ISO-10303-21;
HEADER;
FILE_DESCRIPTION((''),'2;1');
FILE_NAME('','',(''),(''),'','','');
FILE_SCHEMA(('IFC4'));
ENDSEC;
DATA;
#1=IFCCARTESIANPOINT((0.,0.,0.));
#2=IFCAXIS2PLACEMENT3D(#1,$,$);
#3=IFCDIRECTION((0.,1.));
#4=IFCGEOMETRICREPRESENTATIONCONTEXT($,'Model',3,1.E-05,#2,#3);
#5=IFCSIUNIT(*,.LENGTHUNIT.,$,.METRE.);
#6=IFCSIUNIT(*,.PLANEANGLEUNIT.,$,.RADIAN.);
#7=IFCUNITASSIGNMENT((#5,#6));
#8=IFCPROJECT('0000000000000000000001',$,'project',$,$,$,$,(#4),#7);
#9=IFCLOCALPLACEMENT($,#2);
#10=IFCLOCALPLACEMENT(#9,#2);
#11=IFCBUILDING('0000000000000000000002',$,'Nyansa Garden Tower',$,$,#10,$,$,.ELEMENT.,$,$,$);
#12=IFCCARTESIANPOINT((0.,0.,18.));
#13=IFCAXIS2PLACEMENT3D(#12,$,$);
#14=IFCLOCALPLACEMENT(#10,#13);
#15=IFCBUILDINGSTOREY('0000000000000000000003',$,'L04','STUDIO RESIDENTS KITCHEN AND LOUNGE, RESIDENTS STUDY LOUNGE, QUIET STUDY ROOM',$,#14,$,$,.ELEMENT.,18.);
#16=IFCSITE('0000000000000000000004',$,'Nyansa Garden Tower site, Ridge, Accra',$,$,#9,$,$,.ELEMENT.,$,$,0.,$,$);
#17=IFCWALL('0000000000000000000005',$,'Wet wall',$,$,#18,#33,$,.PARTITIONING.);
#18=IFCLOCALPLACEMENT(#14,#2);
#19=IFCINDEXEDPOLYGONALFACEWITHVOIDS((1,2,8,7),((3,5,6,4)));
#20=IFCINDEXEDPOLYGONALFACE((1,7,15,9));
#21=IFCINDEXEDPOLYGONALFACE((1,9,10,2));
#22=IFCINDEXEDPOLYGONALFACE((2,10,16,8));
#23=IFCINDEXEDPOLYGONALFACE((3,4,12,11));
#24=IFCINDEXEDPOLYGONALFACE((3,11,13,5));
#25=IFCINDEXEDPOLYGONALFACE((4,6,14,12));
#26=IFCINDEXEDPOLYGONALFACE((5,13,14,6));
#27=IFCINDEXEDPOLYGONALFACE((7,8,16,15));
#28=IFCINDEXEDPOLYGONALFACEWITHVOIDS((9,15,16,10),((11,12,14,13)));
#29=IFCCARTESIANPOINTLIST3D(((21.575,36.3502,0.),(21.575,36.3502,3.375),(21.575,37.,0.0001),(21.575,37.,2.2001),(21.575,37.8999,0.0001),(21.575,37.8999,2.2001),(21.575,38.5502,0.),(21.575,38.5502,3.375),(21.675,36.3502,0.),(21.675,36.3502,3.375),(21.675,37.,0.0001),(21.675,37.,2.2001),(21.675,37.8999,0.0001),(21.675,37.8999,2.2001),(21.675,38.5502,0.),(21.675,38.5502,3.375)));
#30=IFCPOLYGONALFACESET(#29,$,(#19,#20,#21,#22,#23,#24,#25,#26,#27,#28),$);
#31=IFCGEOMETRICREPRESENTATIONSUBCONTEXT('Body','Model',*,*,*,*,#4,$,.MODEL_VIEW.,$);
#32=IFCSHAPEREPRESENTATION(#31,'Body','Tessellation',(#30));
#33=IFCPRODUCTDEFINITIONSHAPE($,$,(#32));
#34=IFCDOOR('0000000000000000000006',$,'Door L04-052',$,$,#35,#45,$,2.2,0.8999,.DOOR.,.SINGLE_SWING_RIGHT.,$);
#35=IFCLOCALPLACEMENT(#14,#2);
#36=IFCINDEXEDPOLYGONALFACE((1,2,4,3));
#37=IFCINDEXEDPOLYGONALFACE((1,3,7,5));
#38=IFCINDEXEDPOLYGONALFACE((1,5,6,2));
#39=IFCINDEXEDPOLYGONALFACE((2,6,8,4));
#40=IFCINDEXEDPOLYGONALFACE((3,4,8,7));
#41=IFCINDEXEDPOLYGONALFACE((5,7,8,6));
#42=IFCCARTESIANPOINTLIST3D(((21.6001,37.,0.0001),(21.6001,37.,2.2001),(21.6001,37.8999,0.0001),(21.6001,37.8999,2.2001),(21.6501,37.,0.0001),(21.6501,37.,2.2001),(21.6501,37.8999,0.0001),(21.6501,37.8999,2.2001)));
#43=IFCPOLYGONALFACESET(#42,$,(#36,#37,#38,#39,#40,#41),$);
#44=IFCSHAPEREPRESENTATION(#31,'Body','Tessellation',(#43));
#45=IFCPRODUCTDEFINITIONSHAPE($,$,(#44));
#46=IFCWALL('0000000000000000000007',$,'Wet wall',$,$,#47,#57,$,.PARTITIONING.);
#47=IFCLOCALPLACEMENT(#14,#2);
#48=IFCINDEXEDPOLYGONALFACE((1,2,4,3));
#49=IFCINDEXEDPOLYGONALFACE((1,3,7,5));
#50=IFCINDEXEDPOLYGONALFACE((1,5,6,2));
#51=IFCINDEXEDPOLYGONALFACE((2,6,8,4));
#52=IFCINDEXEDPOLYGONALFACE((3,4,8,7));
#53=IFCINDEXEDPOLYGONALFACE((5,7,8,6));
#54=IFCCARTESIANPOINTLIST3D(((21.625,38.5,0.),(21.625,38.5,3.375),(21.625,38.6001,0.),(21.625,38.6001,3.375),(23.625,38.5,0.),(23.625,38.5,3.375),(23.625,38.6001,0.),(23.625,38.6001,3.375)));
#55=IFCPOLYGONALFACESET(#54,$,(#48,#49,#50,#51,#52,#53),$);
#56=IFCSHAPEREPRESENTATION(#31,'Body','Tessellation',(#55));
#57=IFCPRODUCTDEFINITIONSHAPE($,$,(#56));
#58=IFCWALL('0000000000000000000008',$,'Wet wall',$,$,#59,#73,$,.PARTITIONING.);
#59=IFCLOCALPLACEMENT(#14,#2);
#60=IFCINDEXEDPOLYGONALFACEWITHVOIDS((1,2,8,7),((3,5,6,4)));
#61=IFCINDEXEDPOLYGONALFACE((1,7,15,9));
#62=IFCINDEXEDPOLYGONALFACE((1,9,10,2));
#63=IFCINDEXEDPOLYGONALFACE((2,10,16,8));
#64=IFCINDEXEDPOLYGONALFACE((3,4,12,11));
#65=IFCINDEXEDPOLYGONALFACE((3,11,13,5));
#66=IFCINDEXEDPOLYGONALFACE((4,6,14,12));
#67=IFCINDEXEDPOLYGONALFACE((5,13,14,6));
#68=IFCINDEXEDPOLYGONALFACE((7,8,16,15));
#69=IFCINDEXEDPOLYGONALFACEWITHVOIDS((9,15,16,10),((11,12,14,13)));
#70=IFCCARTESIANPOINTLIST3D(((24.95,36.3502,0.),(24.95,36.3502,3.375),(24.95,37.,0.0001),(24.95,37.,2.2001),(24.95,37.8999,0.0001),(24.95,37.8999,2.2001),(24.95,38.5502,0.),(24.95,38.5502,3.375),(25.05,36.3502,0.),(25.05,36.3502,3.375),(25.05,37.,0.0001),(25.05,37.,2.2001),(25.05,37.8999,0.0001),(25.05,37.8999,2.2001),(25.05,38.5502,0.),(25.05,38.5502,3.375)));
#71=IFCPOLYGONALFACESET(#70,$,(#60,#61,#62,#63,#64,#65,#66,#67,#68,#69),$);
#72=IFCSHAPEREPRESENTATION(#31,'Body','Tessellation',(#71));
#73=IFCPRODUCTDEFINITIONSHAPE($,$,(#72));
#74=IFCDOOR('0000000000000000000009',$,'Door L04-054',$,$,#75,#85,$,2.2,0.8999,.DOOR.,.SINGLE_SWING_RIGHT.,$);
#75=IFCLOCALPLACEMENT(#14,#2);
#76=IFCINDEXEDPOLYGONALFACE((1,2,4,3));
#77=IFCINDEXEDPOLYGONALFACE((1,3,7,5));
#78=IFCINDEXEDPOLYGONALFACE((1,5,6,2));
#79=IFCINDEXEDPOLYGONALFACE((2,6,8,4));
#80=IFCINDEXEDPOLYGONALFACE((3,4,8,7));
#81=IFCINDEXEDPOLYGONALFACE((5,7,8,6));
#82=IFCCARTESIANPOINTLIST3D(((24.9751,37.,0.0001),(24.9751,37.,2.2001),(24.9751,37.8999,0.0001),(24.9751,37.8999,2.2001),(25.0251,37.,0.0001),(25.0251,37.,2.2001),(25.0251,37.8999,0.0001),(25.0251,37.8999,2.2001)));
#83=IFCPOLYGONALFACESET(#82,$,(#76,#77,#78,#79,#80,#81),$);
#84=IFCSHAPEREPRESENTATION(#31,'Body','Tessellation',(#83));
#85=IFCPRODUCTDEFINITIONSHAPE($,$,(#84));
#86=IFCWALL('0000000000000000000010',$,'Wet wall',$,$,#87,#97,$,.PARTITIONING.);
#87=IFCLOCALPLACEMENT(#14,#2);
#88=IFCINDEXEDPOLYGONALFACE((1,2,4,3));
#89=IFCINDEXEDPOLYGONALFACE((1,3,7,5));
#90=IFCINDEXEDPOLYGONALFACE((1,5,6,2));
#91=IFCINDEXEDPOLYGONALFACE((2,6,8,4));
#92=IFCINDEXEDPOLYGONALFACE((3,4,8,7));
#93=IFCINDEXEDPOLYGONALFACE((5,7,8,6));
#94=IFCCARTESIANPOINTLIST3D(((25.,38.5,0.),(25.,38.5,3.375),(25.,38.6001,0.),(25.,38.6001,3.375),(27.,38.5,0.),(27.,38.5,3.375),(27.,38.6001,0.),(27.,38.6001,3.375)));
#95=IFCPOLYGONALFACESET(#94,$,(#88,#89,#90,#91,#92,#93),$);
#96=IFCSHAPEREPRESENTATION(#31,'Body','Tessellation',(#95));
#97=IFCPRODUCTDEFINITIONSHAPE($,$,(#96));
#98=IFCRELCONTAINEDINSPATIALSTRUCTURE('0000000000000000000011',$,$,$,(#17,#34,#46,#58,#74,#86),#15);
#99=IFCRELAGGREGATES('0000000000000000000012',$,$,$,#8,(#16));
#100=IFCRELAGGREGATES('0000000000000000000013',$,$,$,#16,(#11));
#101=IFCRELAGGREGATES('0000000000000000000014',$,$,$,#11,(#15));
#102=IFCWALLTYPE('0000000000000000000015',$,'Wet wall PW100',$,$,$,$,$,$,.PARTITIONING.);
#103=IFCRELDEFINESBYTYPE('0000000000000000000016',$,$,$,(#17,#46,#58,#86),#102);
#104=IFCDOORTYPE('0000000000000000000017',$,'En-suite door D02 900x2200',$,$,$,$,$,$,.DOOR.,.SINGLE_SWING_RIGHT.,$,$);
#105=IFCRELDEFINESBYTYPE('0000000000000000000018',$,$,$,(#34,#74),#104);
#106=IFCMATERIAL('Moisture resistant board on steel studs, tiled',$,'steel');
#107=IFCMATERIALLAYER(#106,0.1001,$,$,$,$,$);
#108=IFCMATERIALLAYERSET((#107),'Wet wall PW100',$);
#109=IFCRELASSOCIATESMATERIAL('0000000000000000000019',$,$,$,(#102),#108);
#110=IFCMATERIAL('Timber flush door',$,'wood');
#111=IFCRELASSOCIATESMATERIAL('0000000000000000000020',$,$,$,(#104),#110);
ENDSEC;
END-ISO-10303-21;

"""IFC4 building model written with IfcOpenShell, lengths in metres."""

from ifc_helpers import new_model, si_unit, direction, frame, frame_2d, origin, place, context, subcontext, project, spatial, rectangle, extrude, material, layer, layer_set, type_object, element, fill, save


model = new_model("IFC4")

# Units and contexts
model_context = context("Model", 3, precision=1e-05, world=origin(), true_north=direction((0.0, 1.0)))
body_context = subcontext(model_context, "Body", "Model", "MODEL_VIEW")
ifc_project = project(units=[si_unit("LENGTHUNIT", "METRE"), si_unit("PLANEANGLEUNIT", "RADIAN")], contexts=[model_context])

# Site, building, storey
site_placement = place(None, origin())
site = spatial("IfcSite", under=ifc_project, at=site_placement, Name="Nyansa Garden Tower site, Ridge, Accra", CompositionType="ELEMENT", RefElevation=0.0)
building_placement = place(site_placement, origin())
building = spatial("IfcBuilding", under=site, at=building_placement, Name="Nyansa Garden Tower", CompositionType="ELEMENT")
storey_placement = place(building_placement, frame((0.0, 0.0, 18.0)))
storey = spatial("IfcBuildingStorey", under=building, at=storey_placement, Name="L04", Description="STUDIO RESIDENTS KITCHEN AND LOUNGE, RESIDENTS STUDY LOUNGE, QUIET STUDY ROOM", CompositionType="ELEMENT", Elevation=18.0)

# Wall, opening, door
ifc_material_1 = material(Name="Moisture resistant board on steel studs, tiled", Category="steel")
ifc_layer_1 = layer(ifc_material_1, 0.1001)
ifc_layer_set_1 = layer_set([ifc_layer_1], Name="Wet wall PW100")
wall_type_1 = type_object("IfcWallType", Name="Wet wall PW100", PredefinedType="PARTITIONING", material=ifc_layer_set_1)
wall_1_placement = place(storey_placement, frame((21.625, 36.3501, 0.0), z_axis=(0.0, 0.0, 1.0), x_axis=(0.0, 1.0, 0.0)))
wall_1 = element("IfcWall", 1, at=wall_1_placement, inside=storey, type_object=wall_type_1, Name="Wet wall", PredefinedType="PARTITIONING", context=body_context, shape_type="SweptSolid", body=[
    extrude(rectangle(XDim=2.2, YDim=0.1001, at=frame_2d((1.1001, 0.0))), origin(), (0.0, 0.0, 1.0), 3.375),
])
opening_1_placement = place(wall_1_placement, frame((0.6499, 0.0, 0.0)))
opening_1 = element("IfcOpeningElement", 2, at=opening_1_placement, cuts=wall_1, PredefinedType="OPENING", context=body_context, shape_type="SweptSolid", body=[
    extrude(rectangle(XDim=0.8999, YDim=2.2, at=frame_2d((0.45, 1.1001))), frame((0.0, 0.0601, 0.0), z_axis=(0.0, -1.0, 0.0), x_axis=(1.0, 0.0, 0.0)), (0.0, 0.0, 1.0), 0.1201),
])
ifc_material_2 = material(Name="Timber flush door", Category="wood")
door_type = type_object("IfcDoorType", Name="En-suite door D02 900x2200", OperationType="SINGLE_SWING_RIGHT", PredefinedType="DOOR", material=ifc_material_2)
door_1_placement = place(opening_1_placement, origin())
door_1 = element("IfcDoor", 3, at=door_1_placement, inside=storey, type_object=door_type, Name="Door L04-052", OperationType="SINGLE_SWING_RIGHT", OverallHeight=2.2, OverallWidth=0.8999, PredefinedType="DOOR", context=body_context, shape_type="SweptSolid", body=[
    extrude(rectangle(XDim=0.8999, YDim=2.2, at=frame_2d((0.45, 1.1001))), frame((0.0, 0.0249, 0.0), z_axis=(0.0, -1.0, 0.0), x_axis=(1.0, 0.0, 0.0)), (0.0, 0.0, 1.0), 0.05),
])
fill(opening_1, door_1)

# Wall
wall_2_placement = place(storey_placement, frame((21.625, 38.55, 0.0), z_axis=(0.0, 0.0, 1.0), x_axis=(1.0, 0.0, 0.0)))
element("IfcWall", 4, at=wall_2_placement, inside=storey, type_object=wall_type_1, Name="Wet wall", PredefinedType="PARTITIONING", context=body_context, shape_type="SweptSolid", body=[
    extrude(rectangle(XDim=2.0, YDim=0.1001, at=frame_2d((1.0, 0.0))), origin(), (0.0, 0.0, 1.0), 3.375),
])

# Wall, opening, door
wall_3_placement = place(storey_placement, frame((25.0, 36.3501, 0.0), z_axis=(0.0, 0.0, 1.0), x_axis=(0.0, 1.0, 0.0)))
wall_3 = element("IfcWall", 5, at=wall_3_placement, inside=storey, type_object=wall_type_1, Name="Wet wall", PredefinedType="PARTITIONING", context=body_context, shape_type="SweptSolid", body=[
    extrude(rectangle(XDim=2.2, YDim=0.1001, at=frame_2d((1.1001, 0.0))), origin(), (0.0, 0.0, 1.0), 3.375),
])
opening_2_placement = place(wall_3_placement, frame((0.6499, 0.0, 0.0)))
opening_2 = element("IfcOpeningElement", 6, at=opening_2_placement, cuts=wall_3, PredefinedType="OPENING", context=body_context, shape_type="SweptSolid", body=[
    extrude(rectangle(XDim=0.8999, YDim=2.2, at=frame_2d((0.45, 1.1001))), frame((0.0, 0.0601, 0.0), z_axis=(0.0, -1.0, 0.0), x_axis=(1.0, 0.0, 0.0)), (0.0, 0.0, 1.0), 0.1201),
])
door_2_placement = place(opening_2_placement, origin())
door_2 = element("IfcDoor", 7, at=door_2_placement, inside=storey, type_object=door_type, Name="Door L04-054", OperationType="SINGLE_SWING_RIGHT", OverallHeight=2.2, OverallWidth=0.8999, PredefinedType="DOOR", context=body_context, shape_type="SweptSolid", body=[
    extrude(rectangle(XDim=0.8999, YDim=2.2, at=frame_2d((0.45, 1.1001))), frame((0.0, 0.0249, 0.0), z_axis=(0.0, -1.0, 0.0), x_axis=(1.0, 0.0, 0.0)), (0.0, 0.0, 1.0), 0.05),
])
fill(opening_2, door_2)

# Wall
wall_4_placement = place(storey_placement, frame((25.0, 38.55, 0.0), z_axis=(0.0, 0.0, 1.0), x_axis=(1.0, 0.0, 0.0)))
element("IfcWall", 8, at=wall_4_placement, inside=storey, type_object=wall_type_1, Name="Wet wall", PredefinedType="PARTITIONING", context=body_context, shape_type="SweptSolid", body=[
    extrude(rectangle(XDim=2.0, YDim=0.1001, at=frame_2d((1.0, 0.0))), origin(), (0.0, 0.0, 1.0), 3.375),
])

save(model, "model.ifc")
